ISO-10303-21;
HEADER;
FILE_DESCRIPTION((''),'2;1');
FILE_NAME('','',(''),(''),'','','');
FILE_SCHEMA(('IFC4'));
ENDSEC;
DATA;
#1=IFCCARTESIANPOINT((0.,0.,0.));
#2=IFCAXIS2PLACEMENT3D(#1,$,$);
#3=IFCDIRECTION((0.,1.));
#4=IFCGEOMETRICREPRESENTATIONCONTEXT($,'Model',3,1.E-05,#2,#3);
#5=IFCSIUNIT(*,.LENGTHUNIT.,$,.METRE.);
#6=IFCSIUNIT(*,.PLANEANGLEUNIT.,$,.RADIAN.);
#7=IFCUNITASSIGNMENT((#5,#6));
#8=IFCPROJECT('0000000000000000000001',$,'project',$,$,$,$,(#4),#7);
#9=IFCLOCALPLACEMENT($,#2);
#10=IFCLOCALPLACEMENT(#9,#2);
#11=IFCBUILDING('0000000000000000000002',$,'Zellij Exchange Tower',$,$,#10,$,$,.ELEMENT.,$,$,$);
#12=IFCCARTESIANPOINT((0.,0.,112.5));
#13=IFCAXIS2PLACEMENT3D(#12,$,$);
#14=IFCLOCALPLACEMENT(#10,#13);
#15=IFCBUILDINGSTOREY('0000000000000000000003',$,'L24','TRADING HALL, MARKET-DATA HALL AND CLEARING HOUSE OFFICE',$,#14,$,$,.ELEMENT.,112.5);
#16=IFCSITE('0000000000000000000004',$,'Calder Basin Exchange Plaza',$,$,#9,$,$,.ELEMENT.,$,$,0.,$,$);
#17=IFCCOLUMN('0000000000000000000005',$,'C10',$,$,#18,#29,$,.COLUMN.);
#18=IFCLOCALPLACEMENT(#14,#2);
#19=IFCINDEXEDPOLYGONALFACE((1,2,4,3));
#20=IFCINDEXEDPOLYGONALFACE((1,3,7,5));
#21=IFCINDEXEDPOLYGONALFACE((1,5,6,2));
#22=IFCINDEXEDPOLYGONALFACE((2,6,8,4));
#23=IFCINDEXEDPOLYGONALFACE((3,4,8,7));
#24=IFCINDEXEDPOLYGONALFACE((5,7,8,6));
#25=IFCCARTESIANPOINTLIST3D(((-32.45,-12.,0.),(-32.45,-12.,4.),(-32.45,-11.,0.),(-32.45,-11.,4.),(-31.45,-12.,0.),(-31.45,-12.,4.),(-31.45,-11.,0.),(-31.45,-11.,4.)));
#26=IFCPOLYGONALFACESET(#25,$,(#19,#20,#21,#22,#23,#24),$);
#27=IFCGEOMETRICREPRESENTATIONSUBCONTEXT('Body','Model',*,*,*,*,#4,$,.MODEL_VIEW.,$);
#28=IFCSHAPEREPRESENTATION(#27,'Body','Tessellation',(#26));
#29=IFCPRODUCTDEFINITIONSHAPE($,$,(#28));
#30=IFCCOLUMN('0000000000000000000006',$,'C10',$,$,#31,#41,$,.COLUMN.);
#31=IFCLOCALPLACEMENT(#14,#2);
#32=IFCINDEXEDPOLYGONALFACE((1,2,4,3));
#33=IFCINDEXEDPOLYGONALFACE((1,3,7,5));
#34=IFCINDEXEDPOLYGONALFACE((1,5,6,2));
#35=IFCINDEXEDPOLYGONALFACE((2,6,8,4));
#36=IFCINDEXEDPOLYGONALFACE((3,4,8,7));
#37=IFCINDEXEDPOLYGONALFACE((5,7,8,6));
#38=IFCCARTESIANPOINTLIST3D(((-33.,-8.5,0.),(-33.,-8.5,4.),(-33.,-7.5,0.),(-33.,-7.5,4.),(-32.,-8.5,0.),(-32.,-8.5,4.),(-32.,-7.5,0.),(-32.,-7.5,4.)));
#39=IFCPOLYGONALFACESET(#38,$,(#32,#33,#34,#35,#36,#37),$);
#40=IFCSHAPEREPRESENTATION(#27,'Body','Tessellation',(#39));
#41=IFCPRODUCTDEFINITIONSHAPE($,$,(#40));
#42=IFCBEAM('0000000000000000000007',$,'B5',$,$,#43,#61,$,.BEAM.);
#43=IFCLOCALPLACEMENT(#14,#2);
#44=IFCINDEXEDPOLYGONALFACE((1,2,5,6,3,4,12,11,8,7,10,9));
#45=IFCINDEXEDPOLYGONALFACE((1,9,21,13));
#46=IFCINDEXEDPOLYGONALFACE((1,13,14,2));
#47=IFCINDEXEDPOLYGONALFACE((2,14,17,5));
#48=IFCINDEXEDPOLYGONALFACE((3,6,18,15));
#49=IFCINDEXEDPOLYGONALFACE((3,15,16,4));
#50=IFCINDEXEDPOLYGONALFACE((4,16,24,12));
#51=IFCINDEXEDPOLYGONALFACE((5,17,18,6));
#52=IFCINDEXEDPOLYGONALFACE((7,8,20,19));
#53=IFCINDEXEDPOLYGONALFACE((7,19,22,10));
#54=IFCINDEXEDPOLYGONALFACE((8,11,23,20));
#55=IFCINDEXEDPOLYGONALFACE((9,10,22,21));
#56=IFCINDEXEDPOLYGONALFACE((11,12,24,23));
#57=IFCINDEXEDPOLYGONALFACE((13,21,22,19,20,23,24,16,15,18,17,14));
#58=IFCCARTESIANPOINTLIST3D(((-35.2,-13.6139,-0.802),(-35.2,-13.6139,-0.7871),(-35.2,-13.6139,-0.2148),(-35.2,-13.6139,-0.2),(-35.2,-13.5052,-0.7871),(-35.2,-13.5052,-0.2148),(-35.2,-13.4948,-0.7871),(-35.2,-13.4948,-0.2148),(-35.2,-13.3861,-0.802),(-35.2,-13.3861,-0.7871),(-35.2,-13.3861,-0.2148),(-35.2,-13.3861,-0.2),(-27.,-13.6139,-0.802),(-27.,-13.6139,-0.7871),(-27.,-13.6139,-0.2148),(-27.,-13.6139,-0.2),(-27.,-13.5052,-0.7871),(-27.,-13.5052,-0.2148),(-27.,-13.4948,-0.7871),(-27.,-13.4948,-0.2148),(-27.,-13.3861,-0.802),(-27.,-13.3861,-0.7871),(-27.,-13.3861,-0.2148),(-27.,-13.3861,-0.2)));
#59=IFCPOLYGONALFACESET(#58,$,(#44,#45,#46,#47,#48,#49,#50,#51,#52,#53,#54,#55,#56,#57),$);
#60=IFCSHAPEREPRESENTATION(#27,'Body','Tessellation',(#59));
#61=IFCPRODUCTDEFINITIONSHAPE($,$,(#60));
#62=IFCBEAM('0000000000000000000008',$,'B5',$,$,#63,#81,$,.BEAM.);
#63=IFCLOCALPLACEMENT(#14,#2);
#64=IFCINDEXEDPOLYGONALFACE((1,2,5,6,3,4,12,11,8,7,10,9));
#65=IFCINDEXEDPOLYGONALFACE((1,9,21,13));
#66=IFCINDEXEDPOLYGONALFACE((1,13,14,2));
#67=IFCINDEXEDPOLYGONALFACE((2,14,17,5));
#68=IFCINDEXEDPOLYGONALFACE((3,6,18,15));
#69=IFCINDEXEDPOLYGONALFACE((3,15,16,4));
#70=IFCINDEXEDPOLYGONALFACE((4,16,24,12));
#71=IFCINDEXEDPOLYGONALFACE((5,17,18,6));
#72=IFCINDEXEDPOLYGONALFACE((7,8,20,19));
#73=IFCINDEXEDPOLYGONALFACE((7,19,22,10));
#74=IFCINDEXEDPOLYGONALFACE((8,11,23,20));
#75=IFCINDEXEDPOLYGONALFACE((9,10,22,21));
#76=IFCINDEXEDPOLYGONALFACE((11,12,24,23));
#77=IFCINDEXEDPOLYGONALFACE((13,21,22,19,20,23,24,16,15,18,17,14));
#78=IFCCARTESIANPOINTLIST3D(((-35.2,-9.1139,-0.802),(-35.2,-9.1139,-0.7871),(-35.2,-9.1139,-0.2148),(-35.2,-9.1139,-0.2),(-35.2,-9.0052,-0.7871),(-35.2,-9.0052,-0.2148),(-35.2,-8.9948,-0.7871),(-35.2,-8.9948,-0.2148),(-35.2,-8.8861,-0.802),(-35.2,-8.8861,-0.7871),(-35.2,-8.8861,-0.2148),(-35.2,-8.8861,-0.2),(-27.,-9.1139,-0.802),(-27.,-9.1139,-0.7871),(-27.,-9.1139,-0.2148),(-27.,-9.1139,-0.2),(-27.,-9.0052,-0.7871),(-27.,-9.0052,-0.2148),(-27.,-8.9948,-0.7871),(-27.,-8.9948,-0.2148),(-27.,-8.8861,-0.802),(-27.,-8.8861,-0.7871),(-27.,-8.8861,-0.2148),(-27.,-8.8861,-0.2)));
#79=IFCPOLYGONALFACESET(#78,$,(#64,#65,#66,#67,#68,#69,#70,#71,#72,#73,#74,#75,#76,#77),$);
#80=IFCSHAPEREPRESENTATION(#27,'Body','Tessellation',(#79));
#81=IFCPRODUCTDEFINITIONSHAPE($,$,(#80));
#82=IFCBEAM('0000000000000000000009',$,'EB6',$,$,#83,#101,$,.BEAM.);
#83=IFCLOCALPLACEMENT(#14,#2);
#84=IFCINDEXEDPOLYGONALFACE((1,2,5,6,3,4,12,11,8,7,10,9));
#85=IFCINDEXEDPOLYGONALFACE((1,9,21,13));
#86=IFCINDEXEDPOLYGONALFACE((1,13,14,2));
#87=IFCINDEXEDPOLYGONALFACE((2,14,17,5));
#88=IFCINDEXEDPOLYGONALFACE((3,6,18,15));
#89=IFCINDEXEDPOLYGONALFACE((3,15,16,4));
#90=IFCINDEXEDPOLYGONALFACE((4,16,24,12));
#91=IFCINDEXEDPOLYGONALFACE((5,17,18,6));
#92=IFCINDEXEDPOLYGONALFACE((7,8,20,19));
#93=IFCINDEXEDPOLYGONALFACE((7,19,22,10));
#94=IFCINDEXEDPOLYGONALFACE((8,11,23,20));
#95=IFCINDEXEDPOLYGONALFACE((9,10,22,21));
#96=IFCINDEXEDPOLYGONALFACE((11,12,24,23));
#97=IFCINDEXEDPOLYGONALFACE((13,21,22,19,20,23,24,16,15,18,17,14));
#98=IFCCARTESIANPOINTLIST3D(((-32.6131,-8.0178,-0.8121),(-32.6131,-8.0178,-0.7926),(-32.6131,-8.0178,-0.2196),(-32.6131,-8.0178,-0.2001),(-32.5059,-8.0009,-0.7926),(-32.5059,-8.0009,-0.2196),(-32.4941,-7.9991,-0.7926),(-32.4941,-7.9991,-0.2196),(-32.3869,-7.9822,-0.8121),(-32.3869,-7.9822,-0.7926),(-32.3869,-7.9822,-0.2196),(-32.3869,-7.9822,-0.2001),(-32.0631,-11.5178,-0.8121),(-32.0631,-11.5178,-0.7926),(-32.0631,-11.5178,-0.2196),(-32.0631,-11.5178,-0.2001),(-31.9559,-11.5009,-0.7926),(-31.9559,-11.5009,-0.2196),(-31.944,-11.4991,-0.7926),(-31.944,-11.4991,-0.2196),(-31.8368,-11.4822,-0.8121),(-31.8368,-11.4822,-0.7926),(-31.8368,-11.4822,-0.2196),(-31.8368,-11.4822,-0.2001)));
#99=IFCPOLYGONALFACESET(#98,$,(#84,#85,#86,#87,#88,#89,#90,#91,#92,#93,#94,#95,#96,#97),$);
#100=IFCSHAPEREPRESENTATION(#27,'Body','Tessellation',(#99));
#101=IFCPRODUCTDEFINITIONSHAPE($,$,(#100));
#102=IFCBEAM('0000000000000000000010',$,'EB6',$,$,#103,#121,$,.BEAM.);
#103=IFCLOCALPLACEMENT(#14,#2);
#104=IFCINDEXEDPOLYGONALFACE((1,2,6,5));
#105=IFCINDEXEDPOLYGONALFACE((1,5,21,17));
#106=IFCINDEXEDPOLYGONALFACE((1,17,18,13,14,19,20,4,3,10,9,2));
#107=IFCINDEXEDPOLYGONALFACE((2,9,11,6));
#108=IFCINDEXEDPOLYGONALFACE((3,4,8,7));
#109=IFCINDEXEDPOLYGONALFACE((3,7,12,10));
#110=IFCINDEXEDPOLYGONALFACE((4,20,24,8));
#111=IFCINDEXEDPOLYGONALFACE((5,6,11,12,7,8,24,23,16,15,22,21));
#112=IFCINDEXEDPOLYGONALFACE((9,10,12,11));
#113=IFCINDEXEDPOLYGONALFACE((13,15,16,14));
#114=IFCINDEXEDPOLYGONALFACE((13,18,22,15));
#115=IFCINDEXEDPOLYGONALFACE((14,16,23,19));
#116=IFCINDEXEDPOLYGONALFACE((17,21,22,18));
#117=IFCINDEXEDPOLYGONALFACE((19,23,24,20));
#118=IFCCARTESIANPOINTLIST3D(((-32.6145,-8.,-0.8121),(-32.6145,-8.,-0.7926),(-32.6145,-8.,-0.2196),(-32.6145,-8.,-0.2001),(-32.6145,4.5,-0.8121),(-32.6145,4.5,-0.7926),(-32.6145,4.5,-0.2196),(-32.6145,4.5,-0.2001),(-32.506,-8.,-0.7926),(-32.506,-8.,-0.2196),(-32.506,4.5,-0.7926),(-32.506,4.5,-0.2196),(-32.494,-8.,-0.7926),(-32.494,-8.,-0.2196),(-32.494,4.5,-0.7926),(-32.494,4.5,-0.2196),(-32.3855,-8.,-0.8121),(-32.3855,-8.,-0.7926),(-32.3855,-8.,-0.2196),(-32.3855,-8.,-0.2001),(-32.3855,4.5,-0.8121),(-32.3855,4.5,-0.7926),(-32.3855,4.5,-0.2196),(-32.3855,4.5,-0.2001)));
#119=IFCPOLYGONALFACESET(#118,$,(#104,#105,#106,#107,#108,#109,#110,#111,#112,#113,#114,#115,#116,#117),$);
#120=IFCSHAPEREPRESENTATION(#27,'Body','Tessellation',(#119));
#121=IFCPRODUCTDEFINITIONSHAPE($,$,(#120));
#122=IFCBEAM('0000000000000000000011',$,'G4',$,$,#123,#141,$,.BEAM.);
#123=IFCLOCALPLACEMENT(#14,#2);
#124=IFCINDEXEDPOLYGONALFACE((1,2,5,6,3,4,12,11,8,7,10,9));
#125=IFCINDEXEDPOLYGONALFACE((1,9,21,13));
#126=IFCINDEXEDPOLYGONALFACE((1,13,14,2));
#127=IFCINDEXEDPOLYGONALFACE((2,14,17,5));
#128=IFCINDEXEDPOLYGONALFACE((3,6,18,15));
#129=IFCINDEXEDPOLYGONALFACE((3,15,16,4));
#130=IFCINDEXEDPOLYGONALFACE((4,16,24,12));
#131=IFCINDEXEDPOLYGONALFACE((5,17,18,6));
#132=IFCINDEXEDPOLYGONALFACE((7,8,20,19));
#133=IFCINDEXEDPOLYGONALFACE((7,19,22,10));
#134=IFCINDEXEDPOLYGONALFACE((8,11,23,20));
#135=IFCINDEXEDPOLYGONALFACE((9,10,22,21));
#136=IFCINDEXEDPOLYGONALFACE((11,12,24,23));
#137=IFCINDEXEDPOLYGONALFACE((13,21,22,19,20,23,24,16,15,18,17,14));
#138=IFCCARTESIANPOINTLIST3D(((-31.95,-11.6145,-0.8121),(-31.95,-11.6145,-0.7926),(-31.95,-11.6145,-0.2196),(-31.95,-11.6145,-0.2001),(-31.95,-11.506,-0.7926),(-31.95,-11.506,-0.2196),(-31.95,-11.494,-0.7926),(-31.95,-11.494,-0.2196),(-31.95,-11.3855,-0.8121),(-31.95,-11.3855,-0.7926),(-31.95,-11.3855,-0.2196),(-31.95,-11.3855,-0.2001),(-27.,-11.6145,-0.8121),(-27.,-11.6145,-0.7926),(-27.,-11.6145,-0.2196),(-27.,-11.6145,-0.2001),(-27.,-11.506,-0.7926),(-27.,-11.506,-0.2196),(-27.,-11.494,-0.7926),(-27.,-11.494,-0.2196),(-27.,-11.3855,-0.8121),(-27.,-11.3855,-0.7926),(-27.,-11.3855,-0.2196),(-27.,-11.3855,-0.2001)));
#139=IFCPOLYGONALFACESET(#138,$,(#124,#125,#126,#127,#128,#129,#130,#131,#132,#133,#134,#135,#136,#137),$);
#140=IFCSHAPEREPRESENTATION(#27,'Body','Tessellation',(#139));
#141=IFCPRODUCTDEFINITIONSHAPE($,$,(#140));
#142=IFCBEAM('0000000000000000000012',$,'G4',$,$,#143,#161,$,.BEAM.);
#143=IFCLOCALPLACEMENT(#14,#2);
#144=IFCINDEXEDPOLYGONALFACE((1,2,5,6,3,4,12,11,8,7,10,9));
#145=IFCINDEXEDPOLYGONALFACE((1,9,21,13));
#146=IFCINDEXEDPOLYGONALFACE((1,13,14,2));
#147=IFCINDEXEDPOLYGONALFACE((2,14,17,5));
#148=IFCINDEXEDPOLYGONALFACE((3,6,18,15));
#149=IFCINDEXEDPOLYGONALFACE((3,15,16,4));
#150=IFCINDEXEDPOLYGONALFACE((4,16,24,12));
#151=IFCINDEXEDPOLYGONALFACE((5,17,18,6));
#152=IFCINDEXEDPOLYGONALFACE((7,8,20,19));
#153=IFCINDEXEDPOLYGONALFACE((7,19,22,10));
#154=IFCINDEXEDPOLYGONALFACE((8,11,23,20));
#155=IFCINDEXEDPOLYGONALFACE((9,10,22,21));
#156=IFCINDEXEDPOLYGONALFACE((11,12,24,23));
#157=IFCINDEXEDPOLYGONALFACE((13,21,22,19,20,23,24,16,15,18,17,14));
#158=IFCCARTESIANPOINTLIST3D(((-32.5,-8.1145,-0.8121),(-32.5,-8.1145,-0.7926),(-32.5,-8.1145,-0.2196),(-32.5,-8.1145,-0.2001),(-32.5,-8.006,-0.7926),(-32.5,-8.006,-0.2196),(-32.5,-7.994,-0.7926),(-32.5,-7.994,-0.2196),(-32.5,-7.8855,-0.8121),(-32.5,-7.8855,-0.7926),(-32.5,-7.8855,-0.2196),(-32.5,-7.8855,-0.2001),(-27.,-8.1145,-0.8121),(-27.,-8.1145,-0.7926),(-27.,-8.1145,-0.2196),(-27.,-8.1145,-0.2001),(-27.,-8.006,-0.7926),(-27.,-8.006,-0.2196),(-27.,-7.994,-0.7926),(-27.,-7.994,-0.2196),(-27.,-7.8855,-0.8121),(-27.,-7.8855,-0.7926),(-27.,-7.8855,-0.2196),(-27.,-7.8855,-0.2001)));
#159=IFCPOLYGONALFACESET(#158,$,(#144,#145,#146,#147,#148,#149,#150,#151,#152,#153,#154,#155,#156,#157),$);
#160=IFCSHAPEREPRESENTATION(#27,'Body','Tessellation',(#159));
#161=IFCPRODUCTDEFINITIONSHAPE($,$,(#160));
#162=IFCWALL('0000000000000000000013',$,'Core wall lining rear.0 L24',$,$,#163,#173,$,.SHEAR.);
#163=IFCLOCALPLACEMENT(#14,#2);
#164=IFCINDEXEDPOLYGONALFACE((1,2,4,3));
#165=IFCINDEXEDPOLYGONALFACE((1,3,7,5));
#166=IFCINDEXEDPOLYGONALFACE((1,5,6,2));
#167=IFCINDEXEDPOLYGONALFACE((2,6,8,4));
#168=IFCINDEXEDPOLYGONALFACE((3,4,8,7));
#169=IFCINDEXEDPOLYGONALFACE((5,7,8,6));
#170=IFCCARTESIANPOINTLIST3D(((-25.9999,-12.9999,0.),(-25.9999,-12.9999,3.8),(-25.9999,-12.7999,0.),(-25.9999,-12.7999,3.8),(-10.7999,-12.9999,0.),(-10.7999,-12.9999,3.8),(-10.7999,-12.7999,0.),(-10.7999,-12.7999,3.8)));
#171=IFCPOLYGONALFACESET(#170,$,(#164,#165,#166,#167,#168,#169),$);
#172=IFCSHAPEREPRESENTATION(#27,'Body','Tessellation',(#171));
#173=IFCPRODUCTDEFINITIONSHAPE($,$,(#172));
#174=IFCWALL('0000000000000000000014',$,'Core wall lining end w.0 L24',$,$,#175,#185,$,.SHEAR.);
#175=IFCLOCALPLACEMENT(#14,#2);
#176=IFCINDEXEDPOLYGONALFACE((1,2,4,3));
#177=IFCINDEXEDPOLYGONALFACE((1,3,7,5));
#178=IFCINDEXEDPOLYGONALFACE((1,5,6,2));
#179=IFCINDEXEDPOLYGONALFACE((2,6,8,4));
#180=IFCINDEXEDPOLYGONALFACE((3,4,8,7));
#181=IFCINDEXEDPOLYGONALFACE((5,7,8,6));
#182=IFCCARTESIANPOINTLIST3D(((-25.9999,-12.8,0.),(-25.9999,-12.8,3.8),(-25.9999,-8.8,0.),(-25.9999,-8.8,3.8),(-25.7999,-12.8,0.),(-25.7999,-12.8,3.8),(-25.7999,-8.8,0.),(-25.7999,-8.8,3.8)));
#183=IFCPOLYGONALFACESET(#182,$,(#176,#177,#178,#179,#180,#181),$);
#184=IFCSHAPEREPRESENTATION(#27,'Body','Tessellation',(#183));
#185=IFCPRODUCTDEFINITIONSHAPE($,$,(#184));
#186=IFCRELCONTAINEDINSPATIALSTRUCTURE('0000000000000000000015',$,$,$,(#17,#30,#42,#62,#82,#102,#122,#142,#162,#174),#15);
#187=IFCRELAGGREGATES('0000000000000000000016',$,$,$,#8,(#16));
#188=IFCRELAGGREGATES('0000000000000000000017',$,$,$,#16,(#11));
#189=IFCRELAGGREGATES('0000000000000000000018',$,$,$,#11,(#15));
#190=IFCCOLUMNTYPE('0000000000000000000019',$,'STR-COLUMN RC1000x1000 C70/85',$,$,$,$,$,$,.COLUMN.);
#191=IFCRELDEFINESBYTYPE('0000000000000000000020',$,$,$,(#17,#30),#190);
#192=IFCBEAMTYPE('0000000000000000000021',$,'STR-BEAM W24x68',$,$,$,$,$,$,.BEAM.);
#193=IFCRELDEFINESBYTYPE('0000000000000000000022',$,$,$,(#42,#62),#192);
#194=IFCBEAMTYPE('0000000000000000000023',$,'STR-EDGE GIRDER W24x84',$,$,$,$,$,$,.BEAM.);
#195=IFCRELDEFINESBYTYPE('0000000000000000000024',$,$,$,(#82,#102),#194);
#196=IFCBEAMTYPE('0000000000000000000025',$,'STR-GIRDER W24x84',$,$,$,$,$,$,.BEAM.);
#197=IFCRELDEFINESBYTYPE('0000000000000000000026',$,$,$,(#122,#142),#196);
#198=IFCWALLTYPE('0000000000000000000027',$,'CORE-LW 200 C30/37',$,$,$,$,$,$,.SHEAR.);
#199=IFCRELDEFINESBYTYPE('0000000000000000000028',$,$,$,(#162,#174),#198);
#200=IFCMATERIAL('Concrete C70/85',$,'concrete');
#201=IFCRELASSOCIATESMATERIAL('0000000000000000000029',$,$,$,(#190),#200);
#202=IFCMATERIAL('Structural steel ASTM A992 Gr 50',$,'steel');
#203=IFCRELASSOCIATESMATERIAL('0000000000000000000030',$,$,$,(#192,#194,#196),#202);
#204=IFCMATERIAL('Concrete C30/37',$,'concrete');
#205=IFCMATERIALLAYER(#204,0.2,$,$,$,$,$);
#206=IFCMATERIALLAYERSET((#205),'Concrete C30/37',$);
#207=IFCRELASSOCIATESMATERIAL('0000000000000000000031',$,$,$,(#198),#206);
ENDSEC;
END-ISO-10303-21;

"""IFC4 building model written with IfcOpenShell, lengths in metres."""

from ifc_helpers import new_model, si_unit, direction, frame, frame_2d, origin, origin_2d, place, context, subcontext, project, spatial, rectangle, i_section, extrude, material, layer, layer_set, material_profile, profile_set, type_object, element, save


model = new_model("IFC4")

# Units and contexts
model_context = context("Model", 3, precision=1e-05, world=origin(), true_north=direction((0.0, 1.0)))
body_context = subcontext(model_context, "Body", "Model", "MODEL_VIEW")
ifc_project = project(units=[si_unit("LENGTHUNIT", "METRE"), si_unit("PLANEANGLEUNIT", "RADIAN")], contexts=[model_context])

# Site, building, storey
site_placement = place(None, origin())
site = spatial("IfcSite", under=ifc_project, at=site_placement, Name="Calder Basin Exchange Plaza", CompositionType="ELEMENT", RefElevation=0.0)
building_placement = place(site_placement, origin())
building = spatial("IfcBuilding", under=site, at=building_placement, Name="Zellij Exchange Tower", CompositionType="ELEMENT")
storey_placement = place(building_placement, frame((0.0, 0.0, 112.5)))
storey = spatial("IfcBuildingStorey", under=building, at=storey_placement, Name="L24", Description="TRADING HALL, MARKET-DATA HALL AND CLEARING HOUSE OFFICE", CompositionType="ELEMENT", Elevation=112.5)

# Columns
ifc_material_1 = material(Name="Concrete C70/85", Category="concrete")
ifc_material_profile_1 = material_profile(ifc_material_1, rectangle(XDim=1.0, YDim=1.0, at=origin_2d()), Name="STR-COLUMN RC1000x1000 C70/85")
ifc_profile_set_1 = profile_set([ifc_material_profile_1], Name="Concrete C70/85")
column_type = type_object("IfcColumnType", Name="STR-COLUMN RC1000x1000 C70/85", PredefinedType="COLUMN", material=ifc_profile_set_1)
for number, where, z_axis, x_axis, name in (
    (1, (-31.95, -11.5, 0.0), (0.0, 0.0, 1.0), (1.0, 0.0, 0.0), "C10"),
    (2, (-32.5, -8.0, 0.0), (0.0, 0.0, 1.0), (1.0, 0.0, 0.0), "C10"),
):
    element("IfcColumn", number, at=place(storey_placement, frame(where, z_axis=z_axis, x_axis=x_axis)), inside=storey, type_object=column_type, Name=name, PredefinedType="COLUMN", context=body_context, shape_type="SweptSolid", body=[
        extrude(rectangle(XDim=1.0, YDim=1.0, at=origin_2d()), origin(), (0.0, 0.0, 1.0), 4.0),
    ])

# Beams
ifc_material_2 = material(Name="Structural steel ASTM A992 Gr 50", Category="steel")
ifc_material_profile_2 = material_profile(ifc_material_2, i_section(OverallWidth=0.2278, OverallDepth=0.6021, WebThickness=0.0105, FlangeThickness=0.0149, at=origin_2d()), Name="W24x68")
ifc_profile_set_2 = profile_set([ifc_material_profile_2], Name="Structural steel ASTM A992 Gr 50")
beam_type_1 = type_object("IfcBeamType", Name="STR-BEAM W24x68", PredefinedType="BEAM", material=ifc_profile_set_2)
for number, where, z_axis, x_axis, name in (
    (3, (-35.2, -13.5, -0.501), (1.0, 0.0, 0.0), (0.0, 1.0, 0.0), "B5"),
    (4, (-35.2, -9.0, -0.501), (1.0, 0.0, 0.0), (0.0, 1.0, 0.0), "B5"),
):
    element("IfcBeam", number, at=place(storey_placement, frame(where, z_axis=z_axis, x_axis=x_axis)), inside=storey, type_object=beam_type_1, Name=name, PredefinedType="BEAM", context=body_context, shape_type="SweptSolid", body=[
        extrude(i_section(OverallWidth=0.2278, OverallDepth=0.6021, WebThickness=0.0105, FlangeThickness=0.0149, at=origin_2d()), origin(), (0.0, 0.0, 1.0), 8.2),
    ])
ifc_material_profile_3 = material_profile(ifc_material_2, i_section(OverallWidth=0.229, OverallDepth=0.6121, WebThickness=0.012, FlangeThickness=0.0195, at=origin_2d()), Name="W24x84")
ifc_profile_set_3 = profile_set([ifc_material_profile_3], Name="Structural steel ASTM A992 Gr 50")
beam_type_2 = type_object("IfcBeamType", Name="STR-EDGE GIRDER W24x84", PredefinedType="BEAM", material=ifc_profile_set_3)
beam_1_placement = place(storey_placement, frame((-31.95, -11.5, -0.5061), z_axis=(-0.155251, 0.987875, 0.0), x_axis=(-0.987875, -0.155251, 0.0)))
element("IfcBeam", 5, at=beam_1_placement, inside=storey, type_object=beam_type_2, Name="EB6", PredefinedType="BEAM", context=body_context, shape_type="SweptSolid", body=[
    extrude(i_section(OverallWidth=0.229, OverallDepth=0.6121, WebThickness=0.012, FlangeThickness=0.0195, at=origin_2d()), origin(), (0.0, 0.0, 1.0), 3.543),
])
beam_2_placement = place(storey_placement, frame((-32.5, -8.0, -0.5061), z_axis=(0.0, 1.0, 0.0), x_axis=(-1.0, 0.0, 0.0)))
element("IfcBeam", 6, at=beam_2_placement, inside=storey, type_object=beam_type_2, Name="EB6", PredefinedType="BEAM", context=body_context, shape_type="SweptSolid", body=[
    extrude(i_section(OverallWidth=0.229, OverallDepth=0.6121, WebThickness=0.012, FlangeThickness=0.0195, at=origin_2d()), origin(), (0.0, 0.0, 1.0), 12.5),
])
ifc_material_profile_4 = material_profile(ifc_material_2, i_section(OverallWidth=0.229, OverallDepth=0.6121, WebThickness=0.012, FlangeThickness=0.0195, at=origin_2d()), Name="W24x84")
ifc_profile_set_4 = profile_set([ifc_material_profile_4], Name="Structural steel ASTM A992 Gr 50")
beam_type_3 = type_object("IfcBeamType", Name="STR-GIRDER W24x84", PredefinedType="BEAM", material=ifc_profile_set_4)
beam_3_placement = place(storey_placement, frame((-31.95, -11.5, -0.5061), z_axis=(1.0, 0.0, 0.0), x_axis=(0.0, 1.0, 0.0)))
element("IfcBeam", 7, at=beam_3_placement, inside=storey, type_object=beam_type_3, Name="G4", PredefinedType="BEAM", context=body_context, shape_type="SweptSolid", body=[
    extrude(i_section(OverallWidth=0.229, OverallDepth=0.6121, WebThickness=0.012, FlangeThickness=0.0195, at=origin_2d()), origin(), (0.0, 0.0, 1.0), 4.95),
])
beam_4_placement = place(storey_placement, frame((-32.5, -8.0, -0.5061), z_axis=(1.0, 0.0, 0.0), x_axis=(0.0, 1.0, 0.0)))
element("IfcBeam", 8, at=beam_4_placement, inside=storey, type_object=beam_type_3, Name="G4", PredefinedType="BEAM", context=body_context, shape_type="SweptSolid", body=[
    extrude(i_section(OverallWidth=0.229, OverallDepth=0.6121, WebThickness=0.012, FlangeThickness=0.0195, at=origin_2d()), origin(), (0.0, 0.0, 1.0), 5.5),
])

# Walls
ifc_material_3 = material(Name="Concrete C30/37", Category="concrete")
ifc_layer_1 = layer(ifc_material_3, 0.2)
ifc_layer_set_1 = layer_set([ifc_layer_1], Name="Concrete C30/37")
wall_type_1 = type_object("IfcWallType", Name="CORE-LW 200 C30/37", PredefinedType="SHEAR", material=ifc_layer_set_1)
wall_1_placement = place(storey_placement, frame((-26.0, -12.8999, 0.0), z_axis=(0.0, 0.0, 1.0), x_axis=(1.0, 0.0, 0.0)))
element("IfcWall", 9, at=wall_1_placement, inside=storey, type_object=wall_type_1, Name="Core wall lining rear.0 L24", PredefinedType="SHEAR", context=body_context, shape_type="SweptSolid", body=[
    extrude(rectangle(XDim=15.2, YDim=0.2, at=frame_2d((7.6001, 0.0))), origin(), (0.0, 0.0, 1.0), 3.8),
])
wall_2_placement = place(storey_placement, frame((-25.8999, -12.8, 0.0), z_axis=(0.0, 0.0, 1.0), x_axis=(0.0, 1.0, 0.0)))
element("IfcWall", 10, at=wall_2_placement, inside=storey, type_object=wall_type_1, Name="Core wall lining end w.0 L24", PredefinedType="SHEAR", context=body_context, shape_type="SweptSolid", body=[
    extrude(rectangle(XDim=4.0, YDim=0.2, at=frame_2d((2.0, 0.0))), origin(), (0.0, 0.0, 1.0), 3.8),
])

save(model, "model.ifc")
